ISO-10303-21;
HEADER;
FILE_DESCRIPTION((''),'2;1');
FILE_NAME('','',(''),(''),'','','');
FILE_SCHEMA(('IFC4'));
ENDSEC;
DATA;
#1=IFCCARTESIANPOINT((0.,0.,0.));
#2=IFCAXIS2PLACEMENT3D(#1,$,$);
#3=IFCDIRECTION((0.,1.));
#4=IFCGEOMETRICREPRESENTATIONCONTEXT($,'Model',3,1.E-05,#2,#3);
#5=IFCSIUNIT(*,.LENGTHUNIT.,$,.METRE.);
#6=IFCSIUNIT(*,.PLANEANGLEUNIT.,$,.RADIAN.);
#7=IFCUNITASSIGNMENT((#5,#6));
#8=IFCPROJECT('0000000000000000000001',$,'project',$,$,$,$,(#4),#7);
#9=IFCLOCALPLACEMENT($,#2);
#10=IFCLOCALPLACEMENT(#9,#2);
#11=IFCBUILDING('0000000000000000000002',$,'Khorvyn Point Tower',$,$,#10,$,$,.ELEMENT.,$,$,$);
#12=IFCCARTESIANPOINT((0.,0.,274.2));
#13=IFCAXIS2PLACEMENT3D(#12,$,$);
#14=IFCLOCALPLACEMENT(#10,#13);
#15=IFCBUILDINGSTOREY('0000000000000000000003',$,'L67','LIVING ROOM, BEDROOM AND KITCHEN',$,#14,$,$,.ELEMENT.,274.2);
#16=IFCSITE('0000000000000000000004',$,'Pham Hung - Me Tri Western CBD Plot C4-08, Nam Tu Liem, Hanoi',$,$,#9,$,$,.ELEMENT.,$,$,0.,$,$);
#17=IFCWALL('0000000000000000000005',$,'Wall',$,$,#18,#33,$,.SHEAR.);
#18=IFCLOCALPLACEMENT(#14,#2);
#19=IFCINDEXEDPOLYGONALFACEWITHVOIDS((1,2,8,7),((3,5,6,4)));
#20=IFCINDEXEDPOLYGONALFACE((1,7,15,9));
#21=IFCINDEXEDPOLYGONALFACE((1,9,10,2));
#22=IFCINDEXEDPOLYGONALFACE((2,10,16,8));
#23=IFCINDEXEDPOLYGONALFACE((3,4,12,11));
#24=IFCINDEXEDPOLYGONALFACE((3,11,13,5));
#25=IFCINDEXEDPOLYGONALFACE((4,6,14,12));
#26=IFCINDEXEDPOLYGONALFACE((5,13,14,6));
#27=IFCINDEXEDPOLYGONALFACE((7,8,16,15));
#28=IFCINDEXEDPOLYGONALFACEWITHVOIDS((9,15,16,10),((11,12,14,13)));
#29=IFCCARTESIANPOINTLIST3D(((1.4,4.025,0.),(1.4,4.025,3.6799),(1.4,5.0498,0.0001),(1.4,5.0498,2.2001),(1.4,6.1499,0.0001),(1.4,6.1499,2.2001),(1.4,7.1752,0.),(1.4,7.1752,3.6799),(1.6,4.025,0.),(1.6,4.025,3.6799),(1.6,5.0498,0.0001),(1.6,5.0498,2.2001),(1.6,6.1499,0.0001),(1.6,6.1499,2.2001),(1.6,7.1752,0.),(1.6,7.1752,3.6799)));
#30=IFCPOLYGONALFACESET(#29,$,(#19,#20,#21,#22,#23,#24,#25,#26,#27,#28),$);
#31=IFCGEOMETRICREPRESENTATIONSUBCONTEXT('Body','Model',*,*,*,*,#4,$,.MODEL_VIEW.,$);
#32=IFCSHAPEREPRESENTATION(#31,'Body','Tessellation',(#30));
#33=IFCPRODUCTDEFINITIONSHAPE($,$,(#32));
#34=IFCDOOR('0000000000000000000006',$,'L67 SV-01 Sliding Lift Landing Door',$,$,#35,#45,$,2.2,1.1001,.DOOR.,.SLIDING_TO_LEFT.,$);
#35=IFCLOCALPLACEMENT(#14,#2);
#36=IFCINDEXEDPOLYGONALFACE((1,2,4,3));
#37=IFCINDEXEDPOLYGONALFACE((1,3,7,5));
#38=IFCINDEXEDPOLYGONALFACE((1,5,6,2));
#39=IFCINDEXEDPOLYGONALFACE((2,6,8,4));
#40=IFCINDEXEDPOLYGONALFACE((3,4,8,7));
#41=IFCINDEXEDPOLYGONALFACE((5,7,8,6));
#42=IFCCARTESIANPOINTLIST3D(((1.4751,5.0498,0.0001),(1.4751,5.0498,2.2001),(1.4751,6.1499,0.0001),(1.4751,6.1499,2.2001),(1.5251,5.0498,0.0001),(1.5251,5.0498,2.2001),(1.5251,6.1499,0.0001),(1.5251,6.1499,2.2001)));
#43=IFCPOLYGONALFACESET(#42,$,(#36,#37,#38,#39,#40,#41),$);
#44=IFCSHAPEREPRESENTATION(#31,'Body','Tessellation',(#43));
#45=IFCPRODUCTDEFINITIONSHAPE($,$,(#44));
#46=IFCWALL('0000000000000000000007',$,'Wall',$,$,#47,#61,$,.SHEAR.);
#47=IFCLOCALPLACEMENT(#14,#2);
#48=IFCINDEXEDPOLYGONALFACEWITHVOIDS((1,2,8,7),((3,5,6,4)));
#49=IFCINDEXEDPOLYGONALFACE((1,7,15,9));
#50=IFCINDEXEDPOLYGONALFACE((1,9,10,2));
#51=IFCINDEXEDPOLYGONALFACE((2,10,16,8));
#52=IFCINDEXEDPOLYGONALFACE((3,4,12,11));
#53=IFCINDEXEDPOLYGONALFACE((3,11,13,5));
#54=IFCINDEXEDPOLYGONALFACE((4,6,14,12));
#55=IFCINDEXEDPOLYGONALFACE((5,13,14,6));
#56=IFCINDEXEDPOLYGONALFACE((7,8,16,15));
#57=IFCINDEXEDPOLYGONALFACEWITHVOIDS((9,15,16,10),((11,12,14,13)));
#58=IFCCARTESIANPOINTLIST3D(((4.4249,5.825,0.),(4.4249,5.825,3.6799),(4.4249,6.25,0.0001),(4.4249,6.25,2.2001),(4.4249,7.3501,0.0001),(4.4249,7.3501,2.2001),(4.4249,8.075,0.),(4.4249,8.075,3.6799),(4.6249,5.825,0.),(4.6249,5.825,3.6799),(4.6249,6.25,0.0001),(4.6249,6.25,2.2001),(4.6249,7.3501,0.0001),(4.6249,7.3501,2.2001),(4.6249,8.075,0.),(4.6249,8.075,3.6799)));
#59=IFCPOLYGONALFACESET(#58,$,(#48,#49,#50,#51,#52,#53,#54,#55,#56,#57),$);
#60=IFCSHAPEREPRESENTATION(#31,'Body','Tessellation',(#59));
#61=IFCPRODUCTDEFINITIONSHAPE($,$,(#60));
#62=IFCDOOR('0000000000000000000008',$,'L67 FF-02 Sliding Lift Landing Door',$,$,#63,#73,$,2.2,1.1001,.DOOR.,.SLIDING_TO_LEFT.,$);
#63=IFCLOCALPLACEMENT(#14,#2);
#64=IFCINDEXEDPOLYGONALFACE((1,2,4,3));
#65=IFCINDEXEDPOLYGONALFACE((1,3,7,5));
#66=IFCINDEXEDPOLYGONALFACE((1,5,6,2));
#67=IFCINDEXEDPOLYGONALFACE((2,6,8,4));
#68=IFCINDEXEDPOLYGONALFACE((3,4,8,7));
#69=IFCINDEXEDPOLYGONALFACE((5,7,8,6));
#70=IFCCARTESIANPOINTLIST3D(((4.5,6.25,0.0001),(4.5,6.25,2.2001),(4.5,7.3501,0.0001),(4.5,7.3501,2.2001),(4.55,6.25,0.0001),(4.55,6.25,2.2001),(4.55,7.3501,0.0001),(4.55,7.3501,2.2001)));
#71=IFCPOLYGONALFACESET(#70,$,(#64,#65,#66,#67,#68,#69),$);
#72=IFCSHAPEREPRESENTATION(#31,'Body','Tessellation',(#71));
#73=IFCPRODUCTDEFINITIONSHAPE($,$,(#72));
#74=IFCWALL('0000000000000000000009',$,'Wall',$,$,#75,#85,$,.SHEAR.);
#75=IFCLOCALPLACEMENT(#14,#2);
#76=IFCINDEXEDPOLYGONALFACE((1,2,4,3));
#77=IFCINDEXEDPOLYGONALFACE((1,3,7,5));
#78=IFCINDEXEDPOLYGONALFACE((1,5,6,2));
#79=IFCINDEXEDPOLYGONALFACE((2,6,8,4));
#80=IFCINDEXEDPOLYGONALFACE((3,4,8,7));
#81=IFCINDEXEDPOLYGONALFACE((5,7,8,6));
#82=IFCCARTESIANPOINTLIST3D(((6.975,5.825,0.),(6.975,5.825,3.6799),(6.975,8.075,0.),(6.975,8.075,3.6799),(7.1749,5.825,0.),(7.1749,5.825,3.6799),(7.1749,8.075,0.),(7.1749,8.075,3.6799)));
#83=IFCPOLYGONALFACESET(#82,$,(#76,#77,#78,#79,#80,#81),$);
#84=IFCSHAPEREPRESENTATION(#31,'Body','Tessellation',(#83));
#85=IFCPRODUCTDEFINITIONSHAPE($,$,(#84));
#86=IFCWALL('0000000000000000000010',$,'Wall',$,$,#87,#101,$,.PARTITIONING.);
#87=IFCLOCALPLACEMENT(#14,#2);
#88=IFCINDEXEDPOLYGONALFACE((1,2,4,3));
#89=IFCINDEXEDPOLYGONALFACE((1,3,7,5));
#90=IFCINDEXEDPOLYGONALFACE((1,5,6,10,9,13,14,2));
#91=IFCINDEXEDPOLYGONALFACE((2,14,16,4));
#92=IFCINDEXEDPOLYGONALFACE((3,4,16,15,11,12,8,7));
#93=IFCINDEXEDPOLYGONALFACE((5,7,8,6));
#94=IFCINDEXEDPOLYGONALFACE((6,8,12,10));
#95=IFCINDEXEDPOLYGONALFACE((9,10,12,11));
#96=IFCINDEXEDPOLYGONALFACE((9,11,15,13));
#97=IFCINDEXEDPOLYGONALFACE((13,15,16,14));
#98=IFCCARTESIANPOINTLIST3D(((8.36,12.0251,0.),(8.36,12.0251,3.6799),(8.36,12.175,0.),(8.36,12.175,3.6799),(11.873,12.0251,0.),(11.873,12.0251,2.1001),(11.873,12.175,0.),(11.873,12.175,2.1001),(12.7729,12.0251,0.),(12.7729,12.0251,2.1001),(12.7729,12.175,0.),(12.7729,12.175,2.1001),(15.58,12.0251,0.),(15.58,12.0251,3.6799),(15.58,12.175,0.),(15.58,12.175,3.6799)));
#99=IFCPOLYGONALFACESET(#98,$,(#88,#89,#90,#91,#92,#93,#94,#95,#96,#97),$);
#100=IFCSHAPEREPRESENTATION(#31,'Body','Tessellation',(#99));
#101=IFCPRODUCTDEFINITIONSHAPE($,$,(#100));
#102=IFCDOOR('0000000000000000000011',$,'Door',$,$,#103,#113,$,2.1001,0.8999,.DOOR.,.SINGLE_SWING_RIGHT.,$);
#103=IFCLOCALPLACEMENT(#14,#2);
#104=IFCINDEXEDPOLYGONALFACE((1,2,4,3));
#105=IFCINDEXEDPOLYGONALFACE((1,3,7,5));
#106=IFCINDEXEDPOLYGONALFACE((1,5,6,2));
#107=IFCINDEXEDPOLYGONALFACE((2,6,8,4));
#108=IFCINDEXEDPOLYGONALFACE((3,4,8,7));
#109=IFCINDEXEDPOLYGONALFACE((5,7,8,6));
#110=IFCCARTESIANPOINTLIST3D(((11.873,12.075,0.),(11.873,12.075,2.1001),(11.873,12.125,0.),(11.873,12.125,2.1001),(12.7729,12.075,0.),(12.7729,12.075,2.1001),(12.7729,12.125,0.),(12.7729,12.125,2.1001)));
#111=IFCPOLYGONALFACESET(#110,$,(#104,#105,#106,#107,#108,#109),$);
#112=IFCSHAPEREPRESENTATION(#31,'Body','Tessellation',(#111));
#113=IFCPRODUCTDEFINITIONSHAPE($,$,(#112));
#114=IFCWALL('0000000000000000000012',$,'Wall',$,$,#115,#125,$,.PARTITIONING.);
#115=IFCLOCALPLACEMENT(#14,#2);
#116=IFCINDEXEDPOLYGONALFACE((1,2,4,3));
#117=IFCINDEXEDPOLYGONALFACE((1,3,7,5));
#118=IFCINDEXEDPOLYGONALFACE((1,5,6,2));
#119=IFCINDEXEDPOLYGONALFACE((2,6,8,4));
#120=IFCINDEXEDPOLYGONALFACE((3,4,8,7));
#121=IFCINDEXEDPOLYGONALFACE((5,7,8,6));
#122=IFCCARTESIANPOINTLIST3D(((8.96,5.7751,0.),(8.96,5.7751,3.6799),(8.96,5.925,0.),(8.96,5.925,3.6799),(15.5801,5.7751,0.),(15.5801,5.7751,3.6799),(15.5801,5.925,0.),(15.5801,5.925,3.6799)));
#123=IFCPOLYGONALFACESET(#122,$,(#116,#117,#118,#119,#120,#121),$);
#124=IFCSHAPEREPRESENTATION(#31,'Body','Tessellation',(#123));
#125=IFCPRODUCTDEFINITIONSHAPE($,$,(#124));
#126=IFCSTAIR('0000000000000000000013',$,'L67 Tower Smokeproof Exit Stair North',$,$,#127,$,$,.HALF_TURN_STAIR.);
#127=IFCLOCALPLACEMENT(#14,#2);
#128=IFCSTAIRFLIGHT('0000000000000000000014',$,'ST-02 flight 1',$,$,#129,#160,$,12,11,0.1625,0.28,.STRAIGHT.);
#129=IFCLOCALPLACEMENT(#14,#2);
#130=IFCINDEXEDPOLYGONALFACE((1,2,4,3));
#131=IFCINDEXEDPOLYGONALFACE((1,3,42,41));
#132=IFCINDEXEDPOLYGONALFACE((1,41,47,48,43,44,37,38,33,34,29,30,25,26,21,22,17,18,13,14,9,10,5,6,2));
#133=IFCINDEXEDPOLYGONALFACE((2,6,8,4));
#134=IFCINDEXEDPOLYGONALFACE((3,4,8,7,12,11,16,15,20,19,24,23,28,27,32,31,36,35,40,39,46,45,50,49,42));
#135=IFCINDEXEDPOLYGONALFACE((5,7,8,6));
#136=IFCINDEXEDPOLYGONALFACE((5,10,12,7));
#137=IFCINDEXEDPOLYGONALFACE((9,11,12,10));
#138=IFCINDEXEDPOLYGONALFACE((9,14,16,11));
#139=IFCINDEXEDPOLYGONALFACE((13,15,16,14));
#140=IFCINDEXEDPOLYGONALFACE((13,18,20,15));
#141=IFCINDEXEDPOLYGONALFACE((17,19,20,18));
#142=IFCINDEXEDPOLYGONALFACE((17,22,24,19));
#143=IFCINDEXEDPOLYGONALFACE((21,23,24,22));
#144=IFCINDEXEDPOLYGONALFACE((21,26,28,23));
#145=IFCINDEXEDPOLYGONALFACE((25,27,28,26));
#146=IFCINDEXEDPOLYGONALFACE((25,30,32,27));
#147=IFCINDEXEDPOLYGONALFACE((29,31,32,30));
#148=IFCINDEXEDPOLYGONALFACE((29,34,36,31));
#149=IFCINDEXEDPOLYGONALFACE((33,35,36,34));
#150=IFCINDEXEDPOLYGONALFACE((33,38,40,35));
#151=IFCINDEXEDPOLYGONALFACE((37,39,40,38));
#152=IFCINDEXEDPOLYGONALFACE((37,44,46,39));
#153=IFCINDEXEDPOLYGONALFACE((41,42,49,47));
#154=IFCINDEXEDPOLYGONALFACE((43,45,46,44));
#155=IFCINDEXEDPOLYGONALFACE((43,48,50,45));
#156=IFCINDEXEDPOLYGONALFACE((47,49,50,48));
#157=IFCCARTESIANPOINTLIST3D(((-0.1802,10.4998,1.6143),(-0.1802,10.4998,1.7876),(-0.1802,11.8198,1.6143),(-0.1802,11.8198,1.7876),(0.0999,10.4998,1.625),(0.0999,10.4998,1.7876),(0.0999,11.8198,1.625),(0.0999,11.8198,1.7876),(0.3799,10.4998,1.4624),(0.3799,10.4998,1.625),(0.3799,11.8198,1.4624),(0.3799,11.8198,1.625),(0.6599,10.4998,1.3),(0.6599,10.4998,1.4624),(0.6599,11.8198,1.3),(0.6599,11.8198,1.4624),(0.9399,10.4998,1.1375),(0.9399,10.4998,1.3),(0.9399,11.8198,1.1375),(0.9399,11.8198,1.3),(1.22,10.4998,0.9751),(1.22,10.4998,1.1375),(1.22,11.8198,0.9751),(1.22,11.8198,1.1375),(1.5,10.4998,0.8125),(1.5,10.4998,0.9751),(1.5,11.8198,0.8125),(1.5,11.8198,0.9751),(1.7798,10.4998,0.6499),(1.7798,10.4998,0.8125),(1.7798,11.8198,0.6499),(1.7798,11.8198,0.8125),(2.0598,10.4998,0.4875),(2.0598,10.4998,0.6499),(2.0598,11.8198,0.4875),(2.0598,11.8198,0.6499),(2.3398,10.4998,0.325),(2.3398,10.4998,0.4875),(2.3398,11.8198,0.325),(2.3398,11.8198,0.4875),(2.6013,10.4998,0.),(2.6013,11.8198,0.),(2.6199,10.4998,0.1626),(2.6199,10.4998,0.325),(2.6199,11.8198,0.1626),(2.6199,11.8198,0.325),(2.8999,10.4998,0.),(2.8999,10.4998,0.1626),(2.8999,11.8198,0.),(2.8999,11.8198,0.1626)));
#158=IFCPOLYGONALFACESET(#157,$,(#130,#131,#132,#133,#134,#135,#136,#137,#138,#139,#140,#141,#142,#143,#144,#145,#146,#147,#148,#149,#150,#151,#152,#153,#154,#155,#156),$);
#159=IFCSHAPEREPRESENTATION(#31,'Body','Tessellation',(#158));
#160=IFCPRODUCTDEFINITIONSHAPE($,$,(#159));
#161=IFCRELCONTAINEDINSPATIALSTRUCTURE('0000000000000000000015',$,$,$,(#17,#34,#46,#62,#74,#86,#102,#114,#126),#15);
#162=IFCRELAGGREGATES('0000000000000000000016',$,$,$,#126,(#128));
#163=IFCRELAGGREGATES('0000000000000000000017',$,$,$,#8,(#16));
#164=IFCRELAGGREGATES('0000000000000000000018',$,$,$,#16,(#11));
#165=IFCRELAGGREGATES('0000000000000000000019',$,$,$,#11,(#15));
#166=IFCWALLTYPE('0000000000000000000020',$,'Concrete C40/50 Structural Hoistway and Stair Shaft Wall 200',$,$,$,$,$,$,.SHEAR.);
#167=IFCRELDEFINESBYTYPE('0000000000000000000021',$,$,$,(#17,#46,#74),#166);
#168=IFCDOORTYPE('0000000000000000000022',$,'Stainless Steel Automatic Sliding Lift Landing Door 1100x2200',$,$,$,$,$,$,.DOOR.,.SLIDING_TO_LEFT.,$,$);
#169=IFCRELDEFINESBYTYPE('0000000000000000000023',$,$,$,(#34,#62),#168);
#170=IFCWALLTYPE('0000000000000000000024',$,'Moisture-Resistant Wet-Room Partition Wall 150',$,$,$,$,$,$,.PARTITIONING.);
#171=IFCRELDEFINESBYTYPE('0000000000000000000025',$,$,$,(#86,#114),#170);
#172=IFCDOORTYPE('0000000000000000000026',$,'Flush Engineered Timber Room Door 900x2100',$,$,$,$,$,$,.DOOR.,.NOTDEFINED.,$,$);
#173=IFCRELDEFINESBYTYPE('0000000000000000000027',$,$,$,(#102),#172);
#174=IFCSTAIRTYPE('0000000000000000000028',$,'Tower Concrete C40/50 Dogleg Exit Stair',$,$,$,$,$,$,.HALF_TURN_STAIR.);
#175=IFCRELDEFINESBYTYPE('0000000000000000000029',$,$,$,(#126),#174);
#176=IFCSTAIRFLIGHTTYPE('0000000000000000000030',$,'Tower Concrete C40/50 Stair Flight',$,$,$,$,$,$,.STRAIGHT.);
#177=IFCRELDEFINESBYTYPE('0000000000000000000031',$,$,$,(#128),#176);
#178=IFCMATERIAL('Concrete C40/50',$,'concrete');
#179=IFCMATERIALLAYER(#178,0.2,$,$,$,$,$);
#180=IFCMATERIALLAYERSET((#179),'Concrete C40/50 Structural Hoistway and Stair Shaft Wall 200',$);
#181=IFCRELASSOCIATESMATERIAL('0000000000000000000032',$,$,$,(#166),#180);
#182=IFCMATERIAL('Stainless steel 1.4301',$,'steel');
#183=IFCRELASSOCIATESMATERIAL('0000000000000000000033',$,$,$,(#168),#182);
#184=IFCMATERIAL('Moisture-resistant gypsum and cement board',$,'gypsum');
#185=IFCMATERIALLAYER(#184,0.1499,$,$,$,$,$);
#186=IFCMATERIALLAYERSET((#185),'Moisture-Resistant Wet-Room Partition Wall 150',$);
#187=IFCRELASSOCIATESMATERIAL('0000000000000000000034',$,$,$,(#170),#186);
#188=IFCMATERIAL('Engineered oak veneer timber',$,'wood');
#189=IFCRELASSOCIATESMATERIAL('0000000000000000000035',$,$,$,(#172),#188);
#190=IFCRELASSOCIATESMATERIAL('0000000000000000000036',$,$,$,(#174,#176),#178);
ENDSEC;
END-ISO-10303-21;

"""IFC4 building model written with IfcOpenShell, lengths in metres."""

from ifc_helpers import new_model, si_unit, direction, frame, frame_2d, origin, place, context, subcontext, project, spatial, polyline, rectangle, outline, extrude, material, layer, layer_set, type_object, element, fill, aggregate, save


model = new_model("IFC4")

# Units and contexts
model_context = context("Model", 3, precision=1e-05, world=origin(), true_north=direction((0.0, 1.0)))
body_context = subcontext(model_context, "Body", "Model", "MODEL_VIEW")
ifc_project = project(units=[si_unit("LENGTHUNIT", "METRE"), si_unit("PLANEANGLEUNIT", "RADIAN")], contexts=[model_context])

# Site, building, storey
site_placement = place(None, origin())
site = spatial("IfcSite", under=ifc_project, at=site_placement, Name="Pham Hung - Me Tri Western CBD Plot C4-08, Nam Tu Liem, Hanoi", CompositionType="ELEMENT", RefElevation=0.0)
building_placement = place(site_placement, origin())
building = spatial("IfcBuilding", under=site, at=building_placement, Name="Khorvyn Point Tower", CompositionType="ELEMENT")
storey_placement = place(building_placement, frame((0.0, 0.0, 274.2)))
storey = spatial("IfcBuildingStorey", under=building, at=storey_placement, Name="L67", Description="LIVING ROOM, BEDROOM AND KITCHEN", CompositionType="ELEMENT", Elevation=274.2)

# Shared definitions
ifc_material_1 = material(Name="Concrete C40/50", Category="concrete")

# Walls, openings, doors
ifc_layer_1 = layer(ifc_material_1, 0.2)
ifc_layer_set_1 = layer_set([ifc_layer_1], Name="Concrete C40/50 Structural Hoistway and Stair Shaft Wall 200")
wall_type_1 = type_object("IfcWallType", Name="Concrete C40/50 Structural Hoistway and Stair Shaft Wall 200", PredefinedType="SHEAR", material=ifc_layer_set_1)
ifc_material_2 = material(Name="Stainless steel 1.4301", Category="steel")
door_type_1 = type_object("IfcDoorType", Name="Stainless Steel Automatic Sliding Lift Landing Door 1100x2200", OperationType="SLIDING_TO_LEFT", PredefinedType="DOOR", material=ifc_material_2)
wall_1_placement = place(storey_placement, frame((1.5, 4.0249, 0.0), z_axis=(0.0, 0.0, 1.0), x_axis=(0.0, 1.0, 0.0)))
wall_1 = element("IfcWall", 1, at=wall_1_placement, inside=storey, type_object=wall_type_1, Name="Wall", PredefinedType="SHEAR", context=body_context, shape_type="SweptSolid", body=[
    extrude(rectangle(XDim=3.1501, YDim=0.2, at=frame_2d((1.5752, 0.0))), origin(), (0.0, 0.0, 1.0), 3.6799),
])
opening_1_placement = place(wall_1_placement, frame((1.0249, 0.0, 0.0)))
opening_1 = element("IfcOpeningElement", 2, at=opening_1_placement, cuts=wall_1, PredefinedType="OPENING", context=body_context, shape_type="SweptSolid", body=[
    extrude(rectangle(XDim=1.1001, YDim=2.2, at=frame_2d((0.55, 1.1001))), frame((0.0, 0.1099, 0.0), z_axis=(0.0, -1.0, 0.0), x_axis=(1.0, 0.0, 0.0)), (0.0, 0.0, 1.0), 0.22),
])
door_1_placement = place(opening_1_placement, origin())
door_1 = element("IfcDoor", 3, at=door_1_placement, inside=storey, type_object=door_type_1, Name="L67 SV-01 Sliding Lift Landing Door", OperationType="SLIDING_TO_LEFT", OverallHeight=2.2, OverallWidth=1.1001, PredefinedType="DOOR", context=body_context, shape_type="SweptSolid", body=[
    extrude(rectangle(XDim=1.1001, YDim=2.2, at=frame_2d((0.55, 1.1001))), frame((0.0, 0.0249, 0.0), z_axis=(0.0, -1.0, 0.0), x_axis=(1.0, 0.0, 0.0)), (0.0, 0.0, 1.0), 0.05),
])
fill(opening_1, door_1)
wall_2_placement = place(storey_placement, frame((4.5249, 5.825, 0.0), z_axis=(0.0, 0.0, 1.0), x_axis=(0.0, 1.0, 0.0)))
wall_2 = element("IfcWall", 4, at=wall_2_placement, inside=storey, type_object=wall_type_1, Name="Wall", PredefinedType="SHEAR", context=body_context, shape_type="SweptSolid", body=[
    extrude(rectangle(XDim=2.25, YDim=0.2, at=frame_2d((1.125, 0.0))), origin(), (0.0, 0.0, 1.0), 3.6799),
])
opening_2_placement = place(wall_2_placement, frame((0.425, 0.0, 0.0)))
opening_2 = element("IfcOpeningElement", 5, at=opening_2_placement, cuts=wall_2, PredefinedType="OPENING", context=body_context, shape_type="SweptSolid", body=[
    extrude(rectangle(XDim=1.1001, YDim=2.2, at=frame_2d((0.55, 1.1001))), frame((0.0, 0.1099, 0.0), z_axis=(0.0, -1.0, 0.0), x_axis=(1.0, 0.0, 0.0)), (0.0, 0.0, 1.0), 0.22),
])
door_2_placement = place(opening_2_placement, origin())
door_2 = element("IfcDoor", 6, at=door_2_placement, inside=storey, type_object=door_type_1, Name="L67 FF-02 Sliding Lift Landing Door", OperationType="SLIDING_TO_LEFT", OverallHeight=2.2, OverallWidth=1.1001, PredefinedType="DOOR", context=body_context, shape_type="SweptSolid", body=[
    extrude(rectangle(XDim=1.1001, YDim=2.2, at=frame_2d((0.55, 1.1001))), frame((0.0, 0.0249, 0.0), z_axis=(0.0, -1.0, 0.0), x_axis=(1.0, 0.0, 0.0)), (0.0, 0.0, 1.0), 0.05),
])
fill(opening_2, door_2)

# Wall
wall_3_placement = place(storey_placement, frame((7.075, 5.825, 0.0), z_axis=(0.0, 0.0, 1.0), x_axis=(0.0, 1.0, 0.0)))
element("IfcWall", 7, at=wall_3_placement, inside=storey, type_object=wall_type_1, Name="Wall", PredefinedType="SHEAR", context=body_context, shape_type="SweptSolid", body=[
    extrude(rectangle(XDim=2.25, YDim=0.2, at=frame_2d((1.125, 0.0))), origin(), (0.0, 0.0, 1.0), 3.6799),
])

# Wall, opening, door
ifc_material_3 = material(Name="Moisture-resistant gypsum and cement board", Category="gypsum")
ifc_layer_2 = layer(ifc_material_3, 0.1499)
ifc_layer_set_2 = layer_set([ifc_layer_2], Name="Moisture-Resistant Wet-Room Partition Wall 150")
wall_type_2 = type_object("IfcWallType", Name="Moisture-Resistant Wet-Room Partition Wall 150", PredefinedType="PARTITIONING", material=ifc_layer_set_2)
wall_4_placement = place(storey_placement, frame((8.3601, 12.1001, 0.0), z_axis=(0.0, 0.0, 1.0), x_axis=(1.0, 0.0, 0.0)))
wall_4 = element("IfcWall", 8, at=wall_4_placement, inside=storey, type_object=wall_type_2, Name="Wall", PredefinedType="PARTITIONING", context=body_context, shape_type="SweptSolid", body=[
    extrude(rectangle(XDim=7.22, YDim=0.1499, at=frame_2d((3.6099, 0.0))), origin(), (0.0, 0.0, 1.0), 3.6799),
])
opening_3_placement = place(wall_4_placement, frame((3.5129, 0.0, 0.0)))
opening_3 = element("IfcOpeningElement", 9, at=opening_3_placement, cuts=wall_4, PredefinedType="OPENING", context=body_context, shape_type="SweptSolid", body=[
    extrude(rectangle(XDim=0.8999, YDim=2.1001, at=frame_2d((0.45, 1.05))), frame((0.0, 0.085, 0.0), z_axis=(0.0, -1.0, 0.0), x_axis=(1.0, 0.0, 0.0)), (0.0, 0.0, 1.0), 0.1699),
])
ifc_material_4 = material(Name="Engineered oak veneer timber", Category="wood")
door_type_2 = type_object("IfcDoorType", Name="Flush Engineered Timber Room Door 900x2100", OperationType="NOTDEFINED", PredefinedType="DOOR", material=ifc_material_4)
door_3_placement = place(opening_3_placement, origin())
door_3 = element("IfcDoor", 10, at=door_3_placement, inside=storey, type_object=door_type_2, Name="Door", OperationType="SINGLE_SWING_RIGHT", OverallHeight=2.1001, OverallWidth=0.8999, PredefinedType="DOOR", context=body_context, shape_type="SweptSolid", body=[
    extrude(rectangle(XDim=0.8999, YDim=2.1001, at=frame_2d((0.45, 1.05))), frame((0.0, 0.0249, 0.0), z_axis=(0.0, -1.0, 0.0), x_axis=(1.0, 0.0, 0.0)), (0.0, 0.0, 1.0), 0.05),
])
fill(opening_3, door_3)

# Wall
wall_5_placement = place(storey_placement, frame((8.96, 5.8501, 0.0), z_axis=(0.0, 0.0, 1.0), x_axis=(1.0, 0.0, 0.0)))
element("IfcWall", 11, at=wall_5_placement, inside=storey, type_object=wall_type_2, Name="Wall", PredefinedType="PARTITIONING", context=body_context, shape_type="SweptSolid", body=[
    extrude(rectangle(XDim=6.6201, YDim=0.1499, at=frame_2d((3.3101, 0.0))), origin(), (0.0, 0.0, 1.0), 3.6799),
])

# Stair, stair flight
stair_type = type_object("IfcStairType", Name="Tower Concrete C40/50 Dogleg Exit Stair", PredefinedType="HALF_TURN_STAIR", material=ifc_material_1)
stair_placement = place(storey_placement, origin())
stair = element("IfcStair", 12, at=stair_placement, inside=storey, type_object=stair_type, Name="L67 Tower Smokeproof Exit Stair North", PredefinedType="HALF_TURN_STAIR")
stair_flight_type = type_object("IfcStairFlightType", Name="Tower Concrete C40/50 Stair Flight", PredefinedType="STRAIGHT", material=ifc_material_1)
stair_flight_placement = place(storey_placement, frame((2.8999, 11.1599, 0.0), z_axis=(0.0, 0.0, 1.0), x_axis=(-1.0, 0.0, 0.0)))
stair_flight = element("IfcStairFlight", 13, at=stair_flight_placement, type_object=stair_flight_type, Name="ST-02 flight 1", NumberOfRisers=12, NumberOfTreads=11, PredefinedType="STRAIGHT", RiserHeight=0.1625, TreadLength=0.28, context=body_context, shape_type="SweptSolid", body=[
    extrude(outline(polyline([(0.0, 0.0), (0.0, 0.1626), (0.28, 0.1626), (0.28, 0.325), (0.5601, 0.325), (0.5601, 0.4875), (0.8401, 0.4875), (0.8401, 0.6499), (1.1201, 0.6499), (1.1201, 0.8125), (1.3999, 0.8125), (1.3999, 0.9751), (1.6799, 0.9751), (1.6799, 1.1375), (1.96, 1.1375), (1.96, 1.3), (2.24, 1.3), (2.24, 1.4624), (2.52, 1.4624), (2.52, 1.625), (2.8, 1.625), (2.8, 1.7876), (3.0801, 1.7876), (3.0801, 1.95), (3.0801, 1.6143), (0.2986, 0.0), (0.0, 0.0)])), frame((0.0, 0.6602, 0.0), z_axis=(0.0, -1.0, 0.0), x_axis=(1.0, 0.0, 0.0)), (0.0, 0.0, 1.0), 1.3201),
])
aggregate(stair, [stair_flight])

save(model, "model.ifc")
